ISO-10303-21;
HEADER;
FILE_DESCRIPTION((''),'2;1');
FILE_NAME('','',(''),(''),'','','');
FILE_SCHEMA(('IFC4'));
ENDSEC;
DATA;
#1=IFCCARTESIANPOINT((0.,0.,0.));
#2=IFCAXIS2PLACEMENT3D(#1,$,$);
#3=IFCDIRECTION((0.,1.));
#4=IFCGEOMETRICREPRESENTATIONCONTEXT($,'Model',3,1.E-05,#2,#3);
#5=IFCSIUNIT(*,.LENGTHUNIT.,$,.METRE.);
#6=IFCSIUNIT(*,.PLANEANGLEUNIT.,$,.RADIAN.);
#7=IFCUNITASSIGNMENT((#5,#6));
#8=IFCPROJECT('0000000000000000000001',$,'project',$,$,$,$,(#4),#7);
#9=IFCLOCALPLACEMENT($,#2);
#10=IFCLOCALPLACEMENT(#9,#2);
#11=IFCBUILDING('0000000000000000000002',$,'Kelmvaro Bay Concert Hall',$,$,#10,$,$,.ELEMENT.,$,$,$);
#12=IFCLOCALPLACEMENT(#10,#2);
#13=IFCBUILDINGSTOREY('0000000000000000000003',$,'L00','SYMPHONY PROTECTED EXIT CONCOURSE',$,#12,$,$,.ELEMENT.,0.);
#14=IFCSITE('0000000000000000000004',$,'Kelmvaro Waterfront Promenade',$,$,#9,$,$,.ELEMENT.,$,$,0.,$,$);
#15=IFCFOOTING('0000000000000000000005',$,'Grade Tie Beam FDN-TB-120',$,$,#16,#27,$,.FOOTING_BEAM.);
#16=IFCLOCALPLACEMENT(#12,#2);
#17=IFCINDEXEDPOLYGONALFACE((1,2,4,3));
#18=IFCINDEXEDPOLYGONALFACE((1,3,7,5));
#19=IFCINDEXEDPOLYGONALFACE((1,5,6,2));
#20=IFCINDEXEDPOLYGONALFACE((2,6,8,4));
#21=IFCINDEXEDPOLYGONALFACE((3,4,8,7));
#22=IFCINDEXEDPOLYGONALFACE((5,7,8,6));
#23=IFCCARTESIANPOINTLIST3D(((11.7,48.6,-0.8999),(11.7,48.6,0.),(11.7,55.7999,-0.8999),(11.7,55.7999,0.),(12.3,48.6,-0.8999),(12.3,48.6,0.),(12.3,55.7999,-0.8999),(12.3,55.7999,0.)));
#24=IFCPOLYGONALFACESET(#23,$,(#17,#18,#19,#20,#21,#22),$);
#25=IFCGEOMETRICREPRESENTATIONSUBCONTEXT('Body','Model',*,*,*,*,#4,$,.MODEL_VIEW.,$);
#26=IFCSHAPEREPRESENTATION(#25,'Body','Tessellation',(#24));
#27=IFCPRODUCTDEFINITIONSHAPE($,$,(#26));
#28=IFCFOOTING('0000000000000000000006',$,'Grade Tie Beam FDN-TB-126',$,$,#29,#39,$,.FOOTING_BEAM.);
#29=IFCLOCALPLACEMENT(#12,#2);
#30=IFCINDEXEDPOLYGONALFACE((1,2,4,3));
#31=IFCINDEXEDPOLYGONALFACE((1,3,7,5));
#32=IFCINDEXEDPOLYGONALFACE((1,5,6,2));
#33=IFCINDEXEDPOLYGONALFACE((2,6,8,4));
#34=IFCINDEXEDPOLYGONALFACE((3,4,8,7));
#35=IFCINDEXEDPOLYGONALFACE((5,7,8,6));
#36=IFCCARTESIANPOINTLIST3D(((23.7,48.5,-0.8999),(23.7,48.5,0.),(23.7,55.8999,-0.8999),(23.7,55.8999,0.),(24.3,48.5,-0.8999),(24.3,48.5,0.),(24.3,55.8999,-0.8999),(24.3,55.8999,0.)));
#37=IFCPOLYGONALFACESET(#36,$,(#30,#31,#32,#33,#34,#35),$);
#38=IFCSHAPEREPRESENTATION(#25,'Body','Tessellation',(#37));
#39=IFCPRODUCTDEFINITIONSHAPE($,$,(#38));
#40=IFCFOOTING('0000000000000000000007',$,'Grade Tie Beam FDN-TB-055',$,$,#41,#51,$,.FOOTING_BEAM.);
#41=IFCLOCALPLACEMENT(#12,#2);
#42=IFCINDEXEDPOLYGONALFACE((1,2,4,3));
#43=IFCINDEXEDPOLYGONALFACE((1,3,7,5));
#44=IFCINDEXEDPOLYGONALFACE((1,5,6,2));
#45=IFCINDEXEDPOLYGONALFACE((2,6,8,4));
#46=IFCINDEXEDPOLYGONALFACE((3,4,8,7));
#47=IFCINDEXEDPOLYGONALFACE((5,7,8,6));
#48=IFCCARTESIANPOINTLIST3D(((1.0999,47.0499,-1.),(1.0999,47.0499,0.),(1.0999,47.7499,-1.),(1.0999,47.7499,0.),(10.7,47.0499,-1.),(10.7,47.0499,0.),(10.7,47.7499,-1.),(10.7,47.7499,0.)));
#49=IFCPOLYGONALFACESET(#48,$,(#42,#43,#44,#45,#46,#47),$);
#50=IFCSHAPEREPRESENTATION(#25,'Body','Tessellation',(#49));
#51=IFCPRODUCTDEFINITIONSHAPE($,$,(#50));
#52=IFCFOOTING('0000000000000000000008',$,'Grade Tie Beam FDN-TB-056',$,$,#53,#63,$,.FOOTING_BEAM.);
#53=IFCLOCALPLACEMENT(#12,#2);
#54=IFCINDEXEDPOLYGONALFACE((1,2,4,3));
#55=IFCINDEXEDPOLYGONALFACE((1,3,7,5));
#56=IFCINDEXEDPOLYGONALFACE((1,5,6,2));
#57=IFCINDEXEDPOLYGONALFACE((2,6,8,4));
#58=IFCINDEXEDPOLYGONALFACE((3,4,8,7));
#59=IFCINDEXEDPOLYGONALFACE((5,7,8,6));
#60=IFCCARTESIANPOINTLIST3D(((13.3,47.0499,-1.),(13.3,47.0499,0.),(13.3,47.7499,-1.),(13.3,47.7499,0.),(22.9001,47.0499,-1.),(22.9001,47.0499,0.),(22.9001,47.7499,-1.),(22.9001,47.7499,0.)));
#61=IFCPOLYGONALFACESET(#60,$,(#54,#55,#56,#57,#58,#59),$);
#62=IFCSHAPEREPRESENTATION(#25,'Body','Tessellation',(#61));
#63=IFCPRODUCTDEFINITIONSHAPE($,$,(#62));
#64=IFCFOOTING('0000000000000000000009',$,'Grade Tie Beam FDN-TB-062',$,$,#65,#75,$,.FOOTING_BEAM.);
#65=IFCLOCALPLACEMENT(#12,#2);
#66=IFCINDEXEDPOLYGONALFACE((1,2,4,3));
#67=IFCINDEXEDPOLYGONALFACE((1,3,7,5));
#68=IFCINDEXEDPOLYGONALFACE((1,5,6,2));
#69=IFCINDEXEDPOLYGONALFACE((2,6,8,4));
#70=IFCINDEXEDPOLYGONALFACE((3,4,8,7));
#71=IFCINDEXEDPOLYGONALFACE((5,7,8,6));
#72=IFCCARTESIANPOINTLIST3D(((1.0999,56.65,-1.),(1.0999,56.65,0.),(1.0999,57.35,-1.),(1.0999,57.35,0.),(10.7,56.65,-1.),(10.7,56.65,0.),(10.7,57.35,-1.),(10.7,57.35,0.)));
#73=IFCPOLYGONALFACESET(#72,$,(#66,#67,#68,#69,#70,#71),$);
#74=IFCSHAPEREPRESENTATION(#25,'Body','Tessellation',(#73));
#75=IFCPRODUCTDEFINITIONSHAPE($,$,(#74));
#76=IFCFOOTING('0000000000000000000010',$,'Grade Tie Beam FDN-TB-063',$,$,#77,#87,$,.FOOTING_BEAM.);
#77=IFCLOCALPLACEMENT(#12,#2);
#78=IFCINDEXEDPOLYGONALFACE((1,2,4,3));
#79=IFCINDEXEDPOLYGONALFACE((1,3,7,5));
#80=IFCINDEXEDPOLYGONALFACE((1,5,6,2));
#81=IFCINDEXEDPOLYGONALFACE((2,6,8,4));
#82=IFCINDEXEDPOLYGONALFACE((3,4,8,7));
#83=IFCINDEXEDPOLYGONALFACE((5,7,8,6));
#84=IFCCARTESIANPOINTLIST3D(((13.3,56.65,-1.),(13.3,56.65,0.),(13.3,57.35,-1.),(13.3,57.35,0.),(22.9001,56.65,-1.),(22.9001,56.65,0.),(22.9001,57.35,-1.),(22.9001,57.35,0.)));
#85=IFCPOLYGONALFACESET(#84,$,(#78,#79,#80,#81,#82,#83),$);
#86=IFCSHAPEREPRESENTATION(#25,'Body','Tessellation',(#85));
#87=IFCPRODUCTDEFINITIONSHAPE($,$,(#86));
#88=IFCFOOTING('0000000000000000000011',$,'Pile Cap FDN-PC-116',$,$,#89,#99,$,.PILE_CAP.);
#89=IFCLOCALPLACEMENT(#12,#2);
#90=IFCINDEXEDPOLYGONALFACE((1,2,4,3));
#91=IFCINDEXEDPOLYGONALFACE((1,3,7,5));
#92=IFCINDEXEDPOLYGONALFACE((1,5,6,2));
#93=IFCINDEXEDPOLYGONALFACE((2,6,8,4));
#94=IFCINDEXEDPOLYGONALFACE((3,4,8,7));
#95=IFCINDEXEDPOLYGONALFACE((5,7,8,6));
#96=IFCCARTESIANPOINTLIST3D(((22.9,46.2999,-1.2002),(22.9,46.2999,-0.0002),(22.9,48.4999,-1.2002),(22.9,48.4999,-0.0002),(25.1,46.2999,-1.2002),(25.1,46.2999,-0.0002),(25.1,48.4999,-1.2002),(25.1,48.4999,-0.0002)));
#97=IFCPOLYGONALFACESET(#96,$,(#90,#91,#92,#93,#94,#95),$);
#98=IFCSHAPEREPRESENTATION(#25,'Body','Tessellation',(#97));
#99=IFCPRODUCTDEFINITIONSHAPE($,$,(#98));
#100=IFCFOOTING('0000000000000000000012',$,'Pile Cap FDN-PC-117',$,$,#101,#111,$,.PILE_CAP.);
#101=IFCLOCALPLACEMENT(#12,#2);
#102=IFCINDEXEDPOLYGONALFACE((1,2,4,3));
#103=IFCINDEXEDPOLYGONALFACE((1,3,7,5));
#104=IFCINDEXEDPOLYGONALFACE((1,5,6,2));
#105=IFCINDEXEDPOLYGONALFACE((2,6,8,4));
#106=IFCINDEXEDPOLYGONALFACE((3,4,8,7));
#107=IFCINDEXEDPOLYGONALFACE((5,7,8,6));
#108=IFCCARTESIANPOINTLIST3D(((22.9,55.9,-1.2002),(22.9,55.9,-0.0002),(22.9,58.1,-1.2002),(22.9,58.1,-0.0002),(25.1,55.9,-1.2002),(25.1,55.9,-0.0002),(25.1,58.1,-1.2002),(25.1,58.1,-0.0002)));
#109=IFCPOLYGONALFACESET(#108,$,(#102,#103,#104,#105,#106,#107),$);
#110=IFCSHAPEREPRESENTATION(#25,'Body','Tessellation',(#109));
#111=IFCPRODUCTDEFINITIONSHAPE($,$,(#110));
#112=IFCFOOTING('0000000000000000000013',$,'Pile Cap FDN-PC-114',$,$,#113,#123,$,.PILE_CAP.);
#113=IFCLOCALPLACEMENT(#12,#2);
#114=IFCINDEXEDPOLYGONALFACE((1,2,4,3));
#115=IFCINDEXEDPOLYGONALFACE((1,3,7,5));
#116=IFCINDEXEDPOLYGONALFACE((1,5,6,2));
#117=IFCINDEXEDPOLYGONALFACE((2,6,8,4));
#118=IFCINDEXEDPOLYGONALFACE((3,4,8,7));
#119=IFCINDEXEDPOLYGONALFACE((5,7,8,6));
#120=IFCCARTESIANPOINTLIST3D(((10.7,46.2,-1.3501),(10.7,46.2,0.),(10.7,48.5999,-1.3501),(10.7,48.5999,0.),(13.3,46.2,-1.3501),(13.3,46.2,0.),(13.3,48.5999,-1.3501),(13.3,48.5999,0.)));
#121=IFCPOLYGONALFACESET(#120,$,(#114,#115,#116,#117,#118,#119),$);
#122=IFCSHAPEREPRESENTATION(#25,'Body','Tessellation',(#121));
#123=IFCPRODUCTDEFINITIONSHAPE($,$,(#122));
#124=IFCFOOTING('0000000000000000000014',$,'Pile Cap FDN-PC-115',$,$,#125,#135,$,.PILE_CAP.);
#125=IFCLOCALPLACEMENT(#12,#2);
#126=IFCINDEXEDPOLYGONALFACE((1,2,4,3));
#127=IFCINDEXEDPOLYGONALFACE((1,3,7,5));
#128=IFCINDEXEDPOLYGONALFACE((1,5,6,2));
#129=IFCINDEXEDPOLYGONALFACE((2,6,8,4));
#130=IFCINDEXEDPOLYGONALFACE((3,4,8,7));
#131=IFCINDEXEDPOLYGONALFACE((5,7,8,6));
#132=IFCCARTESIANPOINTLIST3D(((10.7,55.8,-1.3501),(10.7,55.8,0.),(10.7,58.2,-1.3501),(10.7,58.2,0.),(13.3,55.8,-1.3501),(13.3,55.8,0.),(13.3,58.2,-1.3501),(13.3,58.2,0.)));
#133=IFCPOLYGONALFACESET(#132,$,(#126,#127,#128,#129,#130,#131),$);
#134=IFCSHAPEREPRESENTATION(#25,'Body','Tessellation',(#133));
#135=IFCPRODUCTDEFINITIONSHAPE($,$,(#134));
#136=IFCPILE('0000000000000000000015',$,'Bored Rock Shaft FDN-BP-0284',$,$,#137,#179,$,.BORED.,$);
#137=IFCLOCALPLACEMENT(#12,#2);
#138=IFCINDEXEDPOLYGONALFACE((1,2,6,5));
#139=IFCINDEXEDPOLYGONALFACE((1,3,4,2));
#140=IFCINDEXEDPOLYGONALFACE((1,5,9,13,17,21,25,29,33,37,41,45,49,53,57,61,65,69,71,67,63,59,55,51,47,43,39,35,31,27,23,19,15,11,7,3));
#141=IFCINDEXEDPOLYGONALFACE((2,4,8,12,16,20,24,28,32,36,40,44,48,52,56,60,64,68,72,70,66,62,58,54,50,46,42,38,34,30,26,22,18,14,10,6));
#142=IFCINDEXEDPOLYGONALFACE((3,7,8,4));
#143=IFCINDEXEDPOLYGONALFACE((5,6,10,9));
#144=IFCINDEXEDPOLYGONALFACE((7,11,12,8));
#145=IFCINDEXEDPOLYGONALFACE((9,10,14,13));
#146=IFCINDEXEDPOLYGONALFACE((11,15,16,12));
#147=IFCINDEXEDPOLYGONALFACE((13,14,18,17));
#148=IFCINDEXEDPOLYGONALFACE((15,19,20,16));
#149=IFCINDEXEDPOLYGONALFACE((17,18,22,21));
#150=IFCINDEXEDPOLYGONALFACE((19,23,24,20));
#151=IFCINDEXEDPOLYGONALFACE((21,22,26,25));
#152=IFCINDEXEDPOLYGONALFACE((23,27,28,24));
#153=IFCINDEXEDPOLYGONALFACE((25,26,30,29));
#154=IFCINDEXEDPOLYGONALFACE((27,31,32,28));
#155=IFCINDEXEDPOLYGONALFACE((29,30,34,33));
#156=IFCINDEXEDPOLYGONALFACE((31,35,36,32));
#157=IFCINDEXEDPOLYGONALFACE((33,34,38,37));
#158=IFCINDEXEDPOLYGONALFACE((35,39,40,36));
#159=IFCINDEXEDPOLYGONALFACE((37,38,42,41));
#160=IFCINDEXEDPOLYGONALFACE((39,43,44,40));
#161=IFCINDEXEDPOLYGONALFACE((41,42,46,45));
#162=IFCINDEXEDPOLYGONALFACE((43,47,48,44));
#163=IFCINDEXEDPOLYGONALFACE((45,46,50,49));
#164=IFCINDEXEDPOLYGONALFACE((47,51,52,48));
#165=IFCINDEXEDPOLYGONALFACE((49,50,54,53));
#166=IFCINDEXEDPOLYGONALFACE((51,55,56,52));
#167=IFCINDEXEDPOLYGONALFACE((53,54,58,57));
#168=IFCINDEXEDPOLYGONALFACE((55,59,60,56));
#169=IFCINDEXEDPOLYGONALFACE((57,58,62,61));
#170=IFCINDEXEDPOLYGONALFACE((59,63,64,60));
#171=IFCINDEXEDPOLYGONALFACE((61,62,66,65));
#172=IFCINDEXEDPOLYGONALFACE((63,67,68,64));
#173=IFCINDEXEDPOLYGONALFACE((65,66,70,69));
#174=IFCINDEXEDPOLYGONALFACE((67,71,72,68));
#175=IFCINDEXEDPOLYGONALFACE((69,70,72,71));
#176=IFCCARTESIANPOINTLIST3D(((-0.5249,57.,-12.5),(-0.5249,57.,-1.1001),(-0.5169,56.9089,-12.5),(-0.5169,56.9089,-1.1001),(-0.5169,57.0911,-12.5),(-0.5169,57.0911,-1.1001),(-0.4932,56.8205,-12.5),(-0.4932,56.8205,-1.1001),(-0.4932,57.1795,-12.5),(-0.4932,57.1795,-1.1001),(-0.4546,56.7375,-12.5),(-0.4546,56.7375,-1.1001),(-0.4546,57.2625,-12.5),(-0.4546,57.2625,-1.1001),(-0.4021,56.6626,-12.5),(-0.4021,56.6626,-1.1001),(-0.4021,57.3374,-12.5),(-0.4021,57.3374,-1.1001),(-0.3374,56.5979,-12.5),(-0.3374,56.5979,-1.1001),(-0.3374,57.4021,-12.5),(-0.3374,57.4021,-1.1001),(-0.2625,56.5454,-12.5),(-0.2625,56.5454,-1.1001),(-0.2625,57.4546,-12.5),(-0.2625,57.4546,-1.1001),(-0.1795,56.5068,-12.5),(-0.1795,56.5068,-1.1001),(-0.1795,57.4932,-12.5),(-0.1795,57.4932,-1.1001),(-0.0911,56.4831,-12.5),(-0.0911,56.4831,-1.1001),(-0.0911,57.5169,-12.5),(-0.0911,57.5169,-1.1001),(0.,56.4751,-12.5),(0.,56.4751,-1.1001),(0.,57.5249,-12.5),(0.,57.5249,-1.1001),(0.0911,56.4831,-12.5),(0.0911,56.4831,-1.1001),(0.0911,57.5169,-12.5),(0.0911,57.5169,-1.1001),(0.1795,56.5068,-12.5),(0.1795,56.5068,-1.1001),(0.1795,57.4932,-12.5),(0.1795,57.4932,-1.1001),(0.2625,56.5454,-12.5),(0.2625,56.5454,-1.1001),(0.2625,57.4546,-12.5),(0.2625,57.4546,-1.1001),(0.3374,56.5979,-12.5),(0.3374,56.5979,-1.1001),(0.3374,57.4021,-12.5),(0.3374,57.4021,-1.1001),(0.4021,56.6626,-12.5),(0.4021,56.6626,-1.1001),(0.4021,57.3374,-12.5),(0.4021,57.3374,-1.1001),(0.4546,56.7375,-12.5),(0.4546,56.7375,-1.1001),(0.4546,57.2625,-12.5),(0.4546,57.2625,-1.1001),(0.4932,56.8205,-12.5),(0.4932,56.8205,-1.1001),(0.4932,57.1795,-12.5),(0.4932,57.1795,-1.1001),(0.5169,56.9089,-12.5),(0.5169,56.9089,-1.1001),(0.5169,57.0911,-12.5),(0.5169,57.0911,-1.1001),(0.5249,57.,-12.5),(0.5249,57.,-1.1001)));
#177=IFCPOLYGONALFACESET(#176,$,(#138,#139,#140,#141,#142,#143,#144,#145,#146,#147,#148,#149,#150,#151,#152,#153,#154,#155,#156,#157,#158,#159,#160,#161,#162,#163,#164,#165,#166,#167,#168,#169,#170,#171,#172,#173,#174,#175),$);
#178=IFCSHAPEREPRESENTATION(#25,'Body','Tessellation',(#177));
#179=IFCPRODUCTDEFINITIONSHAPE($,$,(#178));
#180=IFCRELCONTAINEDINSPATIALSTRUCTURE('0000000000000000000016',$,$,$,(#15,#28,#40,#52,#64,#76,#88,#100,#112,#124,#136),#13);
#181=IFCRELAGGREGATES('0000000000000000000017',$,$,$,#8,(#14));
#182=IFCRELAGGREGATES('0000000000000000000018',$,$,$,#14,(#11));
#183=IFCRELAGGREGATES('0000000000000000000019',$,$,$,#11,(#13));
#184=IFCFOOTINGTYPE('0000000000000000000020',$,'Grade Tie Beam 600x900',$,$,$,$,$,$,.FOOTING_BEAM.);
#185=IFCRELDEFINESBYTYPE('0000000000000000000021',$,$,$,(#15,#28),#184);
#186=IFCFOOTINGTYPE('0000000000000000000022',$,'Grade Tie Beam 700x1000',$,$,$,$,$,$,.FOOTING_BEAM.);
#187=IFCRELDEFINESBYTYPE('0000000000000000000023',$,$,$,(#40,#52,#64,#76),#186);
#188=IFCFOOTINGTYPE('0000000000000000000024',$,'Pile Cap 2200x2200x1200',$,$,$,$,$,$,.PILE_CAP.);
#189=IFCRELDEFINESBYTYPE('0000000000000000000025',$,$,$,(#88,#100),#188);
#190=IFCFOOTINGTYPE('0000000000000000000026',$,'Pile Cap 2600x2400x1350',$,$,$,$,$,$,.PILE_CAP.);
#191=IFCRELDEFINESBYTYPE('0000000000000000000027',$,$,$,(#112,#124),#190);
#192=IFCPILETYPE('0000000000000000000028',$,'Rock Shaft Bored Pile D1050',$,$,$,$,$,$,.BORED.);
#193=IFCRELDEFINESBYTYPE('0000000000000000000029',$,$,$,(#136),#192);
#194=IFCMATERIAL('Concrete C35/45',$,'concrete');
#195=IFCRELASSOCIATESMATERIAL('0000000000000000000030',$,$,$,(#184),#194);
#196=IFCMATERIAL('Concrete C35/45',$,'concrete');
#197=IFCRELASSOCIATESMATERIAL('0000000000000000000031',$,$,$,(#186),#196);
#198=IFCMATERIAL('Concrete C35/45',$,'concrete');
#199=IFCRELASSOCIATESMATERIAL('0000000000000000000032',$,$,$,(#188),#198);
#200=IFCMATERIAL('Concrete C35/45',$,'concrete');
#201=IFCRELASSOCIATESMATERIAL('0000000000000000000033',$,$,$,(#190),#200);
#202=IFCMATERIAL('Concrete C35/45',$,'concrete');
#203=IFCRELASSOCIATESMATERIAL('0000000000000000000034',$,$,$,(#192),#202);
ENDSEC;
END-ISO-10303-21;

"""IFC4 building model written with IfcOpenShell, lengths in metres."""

from ifc_helpers import new_model, si_unit, direction, frame, origin, origin_2d, place, context, subcontext, project, spatial, rectangle, circle, extrude, material, material_profile, profile_set, type_object, element, save


model = new_model("IFC4")

# Units and contexts
model_context = context("Model", 3, precision=1e-05, world=origin(), true_north=direction((0.0, 1.0)))
body_context = subcontext(model_context, "Body", "Model", "MODEL_VIEW")
ifc_project = project(units=[si_unit("LENGTHUNIT", "METRE"), si_unit("PLANEANGLEUNIT", "RADIAN")], contexts=[model_context])

# Site, building, storey
site_placement = place(None, origin())
site = spatial("IfcSite", under=ifc_project, at=site_placement, Name="Kelmvaro Waterfront Promenade", CompositionType="ELEMENT", RefElevation=0.0)
building_placement = place(site_placement, origin())
building = spatial("IfcBuilding", under=site, at=building_placement, Name="Kelmvaro Bay Concert Hall", CompositionType="ELEMENT")
storey_placement = place(building_placement, origin())
storey = spatial("IfcBuildingStorey", under=building, at=storey_placement, Name="L00", Description="SYMPHONY PROTECTED EXIT CONCOURSE", CompositionType="ELEMENT", Elevation=0.0)

# Footings
ifc_material_1 = material(Name="Concrete C35/45", Category="concrete")
footing_type_1 = type_object("IfcFootingType", Name="Grade Tie Beam 600x900", PredefinedType="FOOTING_BEAM", material=ifc_material_1)
footing_1_placement = place(storey_placement, frame((12.0, 52.2, -0.8999), z_axis=(0.0, 0.0, 1.0), x_axis=(0.0, 1.0, 0.0)))
element("IfcFooting", 1, at=footing_1_placement, inside=storey, type_object=footing_type_1, Name="Grade Tie Beam FDN-TB-120", PredefinedType="FOOTING_BEAM", context=body_context, shape_type="SweptSolid", body=[
    extrude(rectangle(XDim=7.2, YDim=0.6001, at=origin_2d()), origin(), (0.0, 0.0, 1.0), 0.8999),
])
footing_2_placement = place(storey_placement, frame((24.0, 52.2, -0.8999), z_axis=(0.0, 0.0, 1.0), x_axis=(0.0, 1.0, 0.0)))
element("IfcFooting", 2, at=footing_2_placement, inside=storey, type_object=footing_type_1, Name="Grade Tie Beam FDN-TB-126", PredefinedType="FOOTING_BEAM", context=body_context, shape_type="SweptSolid", body=[
    extrude(rectangle(XDim=7.3999, YDim=0.6001, at=origin_2d()), origin(), (0.0, 0.0, 1.0), 0.8999),
])
ifc_material_2 = material(Name="Concrete C35/45", Category="concrete")
footing_type_2 = type_object("IfcFootingType", Name="Grade Tie Beam 700x1000", PredefinedType="FOOTING_BEAM", material=ifc_material_2)
for number, where, z_axis, x_axis, name in (
    (3, (5.8999, 47.3999, -1.0), (0.0, 0.0, 1.0), (1.0, 0.0, 0.0), "Grade Tie Beam FDN-TB-055"),
    (4, (18.1001, 47.3999, -1.0), (0.0, 0.0, 1.0), (1.0, 0.0, 0.0), "Grade Tie Beam FDN-TB-056"),
    (5, (5.8999, 57.0, -1.0), (0.0, 0.0, 1.0), (1.0, 0.0, 0.0), "Grade Tie Beam FDN-TB-062"),
    (6, (18.1001, 57.0, -1.0), (0.0, 0.0, 1.0), (1.0, 0.0, 0.0), "Grade Tie Beam FDN-TB-063"),
):
    element("IfcFooting", number, at=place(storey_placement, frame(where, z_axis=z_axis, x_axis=x_axis)), inside=storey, type_object=footing_type_2, Name=name, PredefinedType="FOOTING_BEAM", context=body_context, shape_type="SweptSolid", body=[
        extrude(rectangle(XDim=9.6001, YDim=0.7, at=origin_2d()), origin(), (0.0, 0.0, 1.0), 1.0),
    ])
ifc_material_3 = material(Name="Concrete C35/45", Category="concrete")
footing_type_3 = type_object("IfcFootingType", Name="Pile Cap 2200x2200x1200", PredefinedType="PILE_CAP", material=ifc_material_3)
for number, where, z_axis, x_axis, name in (
    (7, (24.0, 47.3999, -1.2002), (0.0, 0.0, 1.0), (1.0, 0.0, 0.0), "Pile Cap FDN-PC-116"),
    (8, (24.0, 57.0, -1.2002), (0.0, 0.0, 1.0), (1.0, 0.0, 0.0), "Pile Cap FDN-PC-117"),
):
    element("IfcFooting", number, at=place(storey_placement, frame(where, z_axis=z_axis, x_axis=x_axis)), inside=storey, type_object=footing_type_3, Name=name, PredefinedType="PILE_CAP", context=body_context, shape_type="SweptSolid", body=[
        extrude(rectangle(XDim=2.2, YDim=2.2, at=origin_2d()), origin(), (0.0, 0.0, 1.0), 1.2),
    ])
ifc_material_4 = material(Name="Concrete C35/45", Category="concrete")
footing_type_4 = type_object("IfcFootingType", Name="Pile Cap 2600x2400x1350", PredefinedType="PILE_CAP", material=ifc_material_4)
for number, where, z_axis, x_axis, name in (
    (9, (12.0, 47.3999, -1.3501), (0.0, 0.0, 1.0), (1.0, 0.0, 0.0), "Pile Cap FDN-PC-114"),
    (10, (12.0, 57.0, -1.3501), (0.0, 0.0, 1.0), (1.0, 0.0, 0.0), "Pile Cap FDN-PC-115"),
):
    element("IfcFooting", number, at=place(storey_placement, frame(where, z_axis=z_axis, x_axis=x_axis)), inside=storey, type_object=footing_type_4, Name=name, PredefinedType="PILE_CAP", context=body_context, shape_type="SweptSolid", body=[
        extrude(rectangle(XDim=2.6001, YDim=2.3999, at=origin_2d()), origin(), (0.0, 0.0, 1.0), 1.3501),
    ])

# Pile
ifc_material_5 = material(Name="Concrete C35/45", Category="concrete")
ifc_material_profile_1 = material_profile(ifc_material_5, circle(Radius=0.5249, at=origin_2d()), Name="PILE-BORED-1050")
ifc_profile_set_1 = profile_set([ifc_material_profile_1], Name="Concrete C35/45")
pile_type_1 = type_object("IfcPileType", Name="Rock Shaft Bored Pile D1050", PredefinedType="BORED", material=ifc_profile_set_1)
for number, where, z_axis, x_axis, name in (
    (11, (0.0, 57.0, -1.1001), (0.0, 0.0, -1.0), (1.0, 0.0, 0.0), "Bored Rock Shaft FDN-BP-0284"),
):
    element("IfcPile", number, at=place(storey_placement, frame(where, z_axis=z_axis, x_axis=x_axis)), inside=storey, type_object=pile_type_1, Name=name, PredefinedType="BORED", context=body_context, shape_type="SweptSolid", body=[
        extrude(circle(Radius=0.5249, at=origin_2d()), origin(), (0.0, 0.0, 1.0), 11.3999),
    ])

save(model, "model.ifc")
